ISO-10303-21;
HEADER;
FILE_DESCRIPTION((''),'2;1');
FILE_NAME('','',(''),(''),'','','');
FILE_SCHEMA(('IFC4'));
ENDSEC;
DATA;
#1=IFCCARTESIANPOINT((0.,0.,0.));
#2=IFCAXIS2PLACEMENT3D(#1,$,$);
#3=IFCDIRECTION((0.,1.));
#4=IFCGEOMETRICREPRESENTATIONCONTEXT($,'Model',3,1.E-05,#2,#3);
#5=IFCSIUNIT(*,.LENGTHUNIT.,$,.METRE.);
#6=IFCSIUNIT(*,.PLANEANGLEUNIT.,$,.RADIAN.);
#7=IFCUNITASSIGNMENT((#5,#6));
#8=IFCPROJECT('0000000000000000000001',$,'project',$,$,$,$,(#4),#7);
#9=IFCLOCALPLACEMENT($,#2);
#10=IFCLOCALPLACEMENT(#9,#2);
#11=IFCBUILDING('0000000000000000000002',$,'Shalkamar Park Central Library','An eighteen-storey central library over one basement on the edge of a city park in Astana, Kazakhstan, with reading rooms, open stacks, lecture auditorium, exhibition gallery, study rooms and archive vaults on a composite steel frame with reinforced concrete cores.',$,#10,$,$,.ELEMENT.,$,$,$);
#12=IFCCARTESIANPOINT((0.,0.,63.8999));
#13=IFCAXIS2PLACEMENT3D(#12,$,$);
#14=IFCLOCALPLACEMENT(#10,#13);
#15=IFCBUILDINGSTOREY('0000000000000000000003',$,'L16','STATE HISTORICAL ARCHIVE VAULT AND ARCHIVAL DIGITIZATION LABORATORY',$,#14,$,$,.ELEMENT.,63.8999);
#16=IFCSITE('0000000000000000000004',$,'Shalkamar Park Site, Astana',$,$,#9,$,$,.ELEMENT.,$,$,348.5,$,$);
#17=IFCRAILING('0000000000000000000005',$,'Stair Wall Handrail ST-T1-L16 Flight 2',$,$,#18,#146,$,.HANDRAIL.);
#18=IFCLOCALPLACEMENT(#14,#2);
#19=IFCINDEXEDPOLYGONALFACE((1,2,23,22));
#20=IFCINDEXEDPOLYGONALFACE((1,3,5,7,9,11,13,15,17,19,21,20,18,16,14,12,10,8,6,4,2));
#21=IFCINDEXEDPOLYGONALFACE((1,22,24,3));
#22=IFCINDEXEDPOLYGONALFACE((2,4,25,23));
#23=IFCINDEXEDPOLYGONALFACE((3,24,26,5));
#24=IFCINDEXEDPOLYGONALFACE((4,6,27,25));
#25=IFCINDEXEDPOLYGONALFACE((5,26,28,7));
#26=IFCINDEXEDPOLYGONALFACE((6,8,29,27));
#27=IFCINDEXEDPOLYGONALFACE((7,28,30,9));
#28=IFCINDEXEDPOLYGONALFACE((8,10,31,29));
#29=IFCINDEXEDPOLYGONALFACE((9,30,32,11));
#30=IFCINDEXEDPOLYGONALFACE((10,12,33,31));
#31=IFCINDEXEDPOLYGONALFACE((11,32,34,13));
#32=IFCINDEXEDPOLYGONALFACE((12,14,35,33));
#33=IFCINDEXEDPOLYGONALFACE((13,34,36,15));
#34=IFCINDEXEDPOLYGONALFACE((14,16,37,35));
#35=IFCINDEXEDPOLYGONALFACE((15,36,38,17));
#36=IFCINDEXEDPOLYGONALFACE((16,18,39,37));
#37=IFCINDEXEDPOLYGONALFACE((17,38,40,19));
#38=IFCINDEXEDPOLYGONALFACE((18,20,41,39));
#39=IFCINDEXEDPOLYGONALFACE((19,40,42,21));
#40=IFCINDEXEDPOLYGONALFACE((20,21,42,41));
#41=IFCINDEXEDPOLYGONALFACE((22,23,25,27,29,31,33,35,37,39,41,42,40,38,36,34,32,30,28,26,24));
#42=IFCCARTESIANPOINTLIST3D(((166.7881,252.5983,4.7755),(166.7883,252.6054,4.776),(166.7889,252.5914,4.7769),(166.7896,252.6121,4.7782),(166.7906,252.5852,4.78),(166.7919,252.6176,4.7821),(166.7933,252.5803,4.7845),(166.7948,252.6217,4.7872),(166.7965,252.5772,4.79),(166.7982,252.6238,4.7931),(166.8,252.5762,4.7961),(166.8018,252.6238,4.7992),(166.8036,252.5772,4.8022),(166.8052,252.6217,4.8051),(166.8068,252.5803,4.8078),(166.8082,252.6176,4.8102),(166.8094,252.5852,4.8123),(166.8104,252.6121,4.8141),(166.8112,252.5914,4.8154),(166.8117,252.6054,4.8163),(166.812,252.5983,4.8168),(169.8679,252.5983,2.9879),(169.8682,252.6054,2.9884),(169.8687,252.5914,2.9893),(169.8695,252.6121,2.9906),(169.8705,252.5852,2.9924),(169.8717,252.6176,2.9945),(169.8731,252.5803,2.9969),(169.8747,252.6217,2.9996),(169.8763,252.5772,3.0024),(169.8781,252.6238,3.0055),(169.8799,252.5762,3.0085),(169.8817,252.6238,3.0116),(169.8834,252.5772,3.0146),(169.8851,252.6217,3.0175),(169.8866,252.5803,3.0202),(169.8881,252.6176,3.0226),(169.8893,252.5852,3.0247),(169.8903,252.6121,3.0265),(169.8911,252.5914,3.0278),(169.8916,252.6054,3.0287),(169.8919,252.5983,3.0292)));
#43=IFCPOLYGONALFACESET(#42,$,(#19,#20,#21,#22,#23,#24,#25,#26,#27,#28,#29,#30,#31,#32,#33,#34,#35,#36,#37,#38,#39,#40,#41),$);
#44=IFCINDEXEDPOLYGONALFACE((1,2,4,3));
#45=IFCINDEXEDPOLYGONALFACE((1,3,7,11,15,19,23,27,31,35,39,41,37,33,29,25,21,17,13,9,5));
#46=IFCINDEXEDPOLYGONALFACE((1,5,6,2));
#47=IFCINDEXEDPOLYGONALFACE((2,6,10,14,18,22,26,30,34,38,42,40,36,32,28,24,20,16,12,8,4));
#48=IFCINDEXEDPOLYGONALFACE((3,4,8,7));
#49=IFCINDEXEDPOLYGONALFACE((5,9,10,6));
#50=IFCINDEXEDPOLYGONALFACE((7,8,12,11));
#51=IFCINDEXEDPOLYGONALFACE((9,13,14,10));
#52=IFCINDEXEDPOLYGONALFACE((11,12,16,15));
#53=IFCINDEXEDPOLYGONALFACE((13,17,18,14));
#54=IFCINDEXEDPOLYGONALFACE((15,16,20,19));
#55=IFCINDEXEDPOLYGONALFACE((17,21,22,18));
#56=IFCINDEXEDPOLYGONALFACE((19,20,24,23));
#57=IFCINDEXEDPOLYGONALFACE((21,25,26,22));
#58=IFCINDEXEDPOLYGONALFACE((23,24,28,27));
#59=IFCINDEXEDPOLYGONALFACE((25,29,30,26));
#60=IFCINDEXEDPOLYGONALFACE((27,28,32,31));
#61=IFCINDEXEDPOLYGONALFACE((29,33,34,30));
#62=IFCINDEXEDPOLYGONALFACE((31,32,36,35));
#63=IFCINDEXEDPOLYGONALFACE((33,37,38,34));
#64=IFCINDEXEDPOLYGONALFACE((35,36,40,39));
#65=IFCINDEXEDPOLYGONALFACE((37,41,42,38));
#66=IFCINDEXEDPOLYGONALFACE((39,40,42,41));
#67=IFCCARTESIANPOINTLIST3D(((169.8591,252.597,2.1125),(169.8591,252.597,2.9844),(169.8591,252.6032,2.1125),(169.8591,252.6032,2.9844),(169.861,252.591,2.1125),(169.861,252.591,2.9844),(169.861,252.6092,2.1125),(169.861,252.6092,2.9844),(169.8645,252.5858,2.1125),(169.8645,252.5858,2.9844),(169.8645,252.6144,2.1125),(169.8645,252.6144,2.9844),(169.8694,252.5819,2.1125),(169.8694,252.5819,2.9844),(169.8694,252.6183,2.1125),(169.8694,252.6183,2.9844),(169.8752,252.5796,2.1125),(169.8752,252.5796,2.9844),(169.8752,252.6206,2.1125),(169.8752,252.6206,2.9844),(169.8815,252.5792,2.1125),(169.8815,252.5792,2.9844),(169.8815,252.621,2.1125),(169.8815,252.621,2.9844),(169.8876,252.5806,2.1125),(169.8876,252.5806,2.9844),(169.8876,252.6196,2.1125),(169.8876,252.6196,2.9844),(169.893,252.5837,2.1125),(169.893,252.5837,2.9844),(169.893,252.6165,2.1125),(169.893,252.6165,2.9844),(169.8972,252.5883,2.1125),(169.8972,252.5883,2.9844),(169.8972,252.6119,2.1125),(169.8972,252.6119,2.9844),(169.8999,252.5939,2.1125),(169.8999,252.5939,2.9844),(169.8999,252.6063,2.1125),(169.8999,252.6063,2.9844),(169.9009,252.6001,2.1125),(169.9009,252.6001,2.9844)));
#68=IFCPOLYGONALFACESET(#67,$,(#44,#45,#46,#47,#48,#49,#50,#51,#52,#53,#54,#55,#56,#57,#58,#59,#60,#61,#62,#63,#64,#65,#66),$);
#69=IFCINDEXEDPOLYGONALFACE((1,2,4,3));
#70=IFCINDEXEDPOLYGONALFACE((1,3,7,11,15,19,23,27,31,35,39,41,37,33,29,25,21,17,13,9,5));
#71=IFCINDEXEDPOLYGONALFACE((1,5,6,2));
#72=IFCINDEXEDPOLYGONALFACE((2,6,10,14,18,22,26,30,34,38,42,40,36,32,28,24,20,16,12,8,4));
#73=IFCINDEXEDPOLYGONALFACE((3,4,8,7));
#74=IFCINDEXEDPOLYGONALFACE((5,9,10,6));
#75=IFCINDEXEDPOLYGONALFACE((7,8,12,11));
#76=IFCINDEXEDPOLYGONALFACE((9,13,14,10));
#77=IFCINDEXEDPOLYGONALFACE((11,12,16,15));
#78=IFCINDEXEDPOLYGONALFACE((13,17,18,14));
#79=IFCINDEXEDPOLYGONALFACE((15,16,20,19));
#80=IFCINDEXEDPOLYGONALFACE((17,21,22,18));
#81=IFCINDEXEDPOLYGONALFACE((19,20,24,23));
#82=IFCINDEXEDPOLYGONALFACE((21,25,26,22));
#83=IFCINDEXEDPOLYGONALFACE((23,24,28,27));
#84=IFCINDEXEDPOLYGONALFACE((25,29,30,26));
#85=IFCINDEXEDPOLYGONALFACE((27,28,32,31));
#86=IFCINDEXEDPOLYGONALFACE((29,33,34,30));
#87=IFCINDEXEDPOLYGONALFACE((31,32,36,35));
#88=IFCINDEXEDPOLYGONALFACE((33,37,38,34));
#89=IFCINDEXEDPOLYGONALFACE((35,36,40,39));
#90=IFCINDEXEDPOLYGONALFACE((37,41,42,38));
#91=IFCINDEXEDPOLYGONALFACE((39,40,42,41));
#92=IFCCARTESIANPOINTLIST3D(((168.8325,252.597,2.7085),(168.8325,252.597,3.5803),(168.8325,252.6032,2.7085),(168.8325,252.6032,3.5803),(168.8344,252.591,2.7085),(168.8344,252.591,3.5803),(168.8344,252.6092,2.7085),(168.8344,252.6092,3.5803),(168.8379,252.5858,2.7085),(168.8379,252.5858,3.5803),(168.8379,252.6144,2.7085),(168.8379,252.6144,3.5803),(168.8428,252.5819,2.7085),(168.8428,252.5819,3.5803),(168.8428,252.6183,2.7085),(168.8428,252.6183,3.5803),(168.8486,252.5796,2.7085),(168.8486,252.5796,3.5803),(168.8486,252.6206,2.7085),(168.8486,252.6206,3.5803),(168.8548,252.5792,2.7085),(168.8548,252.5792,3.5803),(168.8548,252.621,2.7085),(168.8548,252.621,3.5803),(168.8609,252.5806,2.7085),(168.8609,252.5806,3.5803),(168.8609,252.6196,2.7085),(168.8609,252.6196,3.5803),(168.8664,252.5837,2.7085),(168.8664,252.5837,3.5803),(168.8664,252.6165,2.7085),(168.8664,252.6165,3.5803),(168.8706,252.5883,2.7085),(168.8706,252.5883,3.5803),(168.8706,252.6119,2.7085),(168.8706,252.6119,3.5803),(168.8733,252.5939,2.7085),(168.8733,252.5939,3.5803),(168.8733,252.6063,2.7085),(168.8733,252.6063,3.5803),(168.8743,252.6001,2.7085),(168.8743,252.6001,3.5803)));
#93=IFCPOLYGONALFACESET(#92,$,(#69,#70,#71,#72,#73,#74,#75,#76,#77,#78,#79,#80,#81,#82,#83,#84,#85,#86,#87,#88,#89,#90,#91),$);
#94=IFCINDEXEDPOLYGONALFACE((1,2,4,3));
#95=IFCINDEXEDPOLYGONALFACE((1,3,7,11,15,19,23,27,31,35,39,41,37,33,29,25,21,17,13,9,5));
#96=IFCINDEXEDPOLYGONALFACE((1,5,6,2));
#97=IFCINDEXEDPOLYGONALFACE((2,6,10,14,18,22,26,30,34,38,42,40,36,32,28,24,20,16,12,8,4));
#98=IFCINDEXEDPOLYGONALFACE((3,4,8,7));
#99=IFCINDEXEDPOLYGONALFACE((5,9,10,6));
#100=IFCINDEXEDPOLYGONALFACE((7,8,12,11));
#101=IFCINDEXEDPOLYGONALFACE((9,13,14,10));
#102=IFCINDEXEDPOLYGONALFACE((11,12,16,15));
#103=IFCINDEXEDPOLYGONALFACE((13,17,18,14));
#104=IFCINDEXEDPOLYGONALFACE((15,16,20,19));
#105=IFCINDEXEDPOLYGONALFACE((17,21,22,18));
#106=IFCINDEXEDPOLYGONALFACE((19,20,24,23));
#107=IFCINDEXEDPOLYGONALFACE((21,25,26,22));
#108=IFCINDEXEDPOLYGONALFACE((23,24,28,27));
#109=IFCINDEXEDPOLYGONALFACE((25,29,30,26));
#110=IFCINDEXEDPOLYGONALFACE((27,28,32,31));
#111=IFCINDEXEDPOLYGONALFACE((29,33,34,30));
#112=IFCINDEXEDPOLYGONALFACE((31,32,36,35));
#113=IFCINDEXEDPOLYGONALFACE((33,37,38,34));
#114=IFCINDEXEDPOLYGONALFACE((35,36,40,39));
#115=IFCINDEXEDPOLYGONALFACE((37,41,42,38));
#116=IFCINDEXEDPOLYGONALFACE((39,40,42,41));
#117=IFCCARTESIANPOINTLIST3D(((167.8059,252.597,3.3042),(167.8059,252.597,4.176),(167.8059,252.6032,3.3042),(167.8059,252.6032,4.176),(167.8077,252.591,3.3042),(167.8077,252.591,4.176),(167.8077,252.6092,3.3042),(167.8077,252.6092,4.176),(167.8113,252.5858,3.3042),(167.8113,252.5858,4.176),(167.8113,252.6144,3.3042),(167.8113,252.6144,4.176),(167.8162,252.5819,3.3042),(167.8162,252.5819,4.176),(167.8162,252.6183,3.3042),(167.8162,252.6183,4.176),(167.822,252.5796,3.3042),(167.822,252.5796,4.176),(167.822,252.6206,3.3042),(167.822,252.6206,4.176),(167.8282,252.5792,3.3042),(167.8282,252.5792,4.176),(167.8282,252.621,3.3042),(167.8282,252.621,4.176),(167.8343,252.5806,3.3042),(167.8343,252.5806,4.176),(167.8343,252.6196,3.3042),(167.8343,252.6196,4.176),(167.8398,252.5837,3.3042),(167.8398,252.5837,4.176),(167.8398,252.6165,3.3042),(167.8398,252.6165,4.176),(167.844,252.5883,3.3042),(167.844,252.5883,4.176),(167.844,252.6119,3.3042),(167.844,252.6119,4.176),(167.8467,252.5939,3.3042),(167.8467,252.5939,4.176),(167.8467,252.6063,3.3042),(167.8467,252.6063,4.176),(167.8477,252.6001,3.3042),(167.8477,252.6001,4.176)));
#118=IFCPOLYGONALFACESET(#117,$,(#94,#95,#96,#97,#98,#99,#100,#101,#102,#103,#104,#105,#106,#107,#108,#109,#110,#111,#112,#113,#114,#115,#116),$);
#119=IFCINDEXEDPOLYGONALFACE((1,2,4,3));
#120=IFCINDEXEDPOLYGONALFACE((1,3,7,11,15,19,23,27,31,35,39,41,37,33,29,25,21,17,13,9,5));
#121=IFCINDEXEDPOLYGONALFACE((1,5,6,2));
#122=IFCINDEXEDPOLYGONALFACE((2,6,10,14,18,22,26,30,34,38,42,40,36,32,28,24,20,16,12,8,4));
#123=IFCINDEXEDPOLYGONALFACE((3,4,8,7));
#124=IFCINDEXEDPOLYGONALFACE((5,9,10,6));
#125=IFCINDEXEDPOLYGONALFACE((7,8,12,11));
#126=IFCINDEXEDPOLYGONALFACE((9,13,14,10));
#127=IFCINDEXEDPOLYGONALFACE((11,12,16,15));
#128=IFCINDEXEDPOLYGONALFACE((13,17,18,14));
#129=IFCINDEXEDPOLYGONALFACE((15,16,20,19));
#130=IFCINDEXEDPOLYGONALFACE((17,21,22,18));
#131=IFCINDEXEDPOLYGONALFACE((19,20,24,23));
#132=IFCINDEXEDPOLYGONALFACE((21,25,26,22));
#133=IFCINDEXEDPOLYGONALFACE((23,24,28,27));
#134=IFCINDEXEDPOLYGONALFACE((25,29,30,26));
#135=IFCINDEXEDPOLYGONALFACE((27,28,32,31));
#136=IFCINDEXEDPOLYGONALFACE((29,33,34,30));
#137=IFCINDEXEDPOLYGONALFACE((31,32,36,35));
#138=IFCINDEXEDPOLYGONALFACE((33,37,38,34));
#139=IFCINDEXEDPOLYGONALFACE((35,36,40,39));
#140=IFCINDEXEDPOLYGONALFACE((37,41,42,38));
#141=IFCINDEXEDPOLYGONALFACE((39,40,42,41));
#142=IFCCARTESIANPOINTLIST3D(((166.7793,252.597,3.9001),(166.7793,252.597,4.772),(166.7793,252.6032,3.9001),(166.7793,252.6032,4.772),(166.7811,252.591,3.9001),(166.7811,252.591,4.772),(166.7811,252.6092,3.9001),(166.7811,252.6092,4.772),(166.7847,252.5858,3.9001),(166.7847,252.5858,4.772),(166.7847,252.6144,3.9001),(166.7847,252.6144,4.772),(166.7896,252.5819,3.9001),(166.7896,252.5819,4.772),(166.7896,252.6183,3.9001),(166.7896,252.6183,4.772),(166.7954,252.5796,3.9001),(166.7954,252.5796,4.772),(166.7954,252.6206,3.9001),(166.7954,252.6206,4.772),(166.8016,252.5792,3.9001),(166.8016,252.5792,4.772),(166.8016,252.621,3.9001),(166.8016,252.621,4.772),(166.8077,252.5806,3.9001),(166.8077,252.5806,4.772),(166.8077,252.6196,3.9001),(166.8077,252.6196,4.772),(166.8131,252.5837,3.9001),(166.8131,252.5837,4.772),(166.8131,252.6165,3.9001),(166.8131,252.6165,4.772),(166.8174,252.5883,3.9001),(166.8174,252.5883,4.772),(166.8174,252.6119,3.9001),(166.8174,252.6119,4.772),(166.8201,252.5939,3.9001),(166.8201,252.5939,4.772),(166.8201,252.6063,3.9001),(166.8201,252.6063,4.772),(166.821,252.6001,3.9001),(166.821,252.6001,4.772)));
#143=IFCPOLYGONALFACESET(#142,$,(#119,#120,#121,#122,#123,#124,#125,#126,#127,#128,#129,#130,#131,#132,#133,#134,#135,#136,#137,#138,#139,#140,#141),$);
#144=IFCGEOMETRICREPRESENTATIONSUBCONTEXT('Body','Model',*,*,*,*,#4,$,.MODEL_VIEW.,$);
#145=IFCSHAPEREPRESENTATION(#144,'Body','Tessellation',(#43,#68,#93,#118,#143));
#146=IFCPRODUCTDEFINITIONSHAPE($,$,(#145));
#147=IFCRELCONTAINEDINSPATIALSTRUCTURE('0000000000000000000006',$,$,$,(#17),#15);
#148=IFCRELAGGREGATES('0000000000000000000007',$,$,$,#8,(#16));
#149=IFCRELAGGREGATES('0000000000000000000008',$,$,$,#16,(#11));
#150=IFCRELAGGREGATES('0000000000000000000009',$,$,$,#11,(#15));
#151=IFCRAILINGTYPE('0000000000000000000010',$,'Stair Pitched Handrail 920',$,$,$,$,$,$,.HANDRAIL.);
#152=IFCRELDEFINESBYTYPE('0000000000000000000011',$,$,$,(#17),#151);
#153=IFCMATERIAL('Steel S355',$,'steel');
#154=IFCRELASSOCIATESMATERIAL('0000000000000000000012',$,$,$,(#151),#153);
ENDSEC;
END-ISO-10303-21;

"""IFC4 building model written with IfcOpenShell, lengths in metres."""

from ifc_helpers import new_model, si_unit, direction, frame, origin, origin_2d, place, context, subcontext, project, spatial, circle, extrude, material, type_object, element, save


model = new_model("IFC4")

# Units and contexts
model_context = context("Model", 3, precision=1e-05, world=origin(), true_north=direction((0.0, 1.0)))
body_context = subcontext(model_context, "Body", "Model", "MODEL_VIEW")
ifc_project = project(units=[si_unit("LENGTHUNIT", "METRE"), si_unit("PLANEANGLEUNIT", "RADIAN")], contexts=[model_context])

# Site, building, storey
site_placement = place(None, origin())
site = spatial("IfcSite", under=ifc_project, at=site_placement, Name="Shalkamar Park Site, Astana", CompositionType="ELEMENT", RefElevation=348.5)
building_placement = place(site_placement, origin())
building = spatial("IfcBuilding", under=site, at=building_placement, Name="Shalkamar Park Central Library", Description="An eighteen-storey central library over one basement on the edge of a city park in Astana, Kazakhstan, with reading rooms, open stacks, lecture auditorium, exhibition gallery, study rooms and archive vaults on a composite steel frame with reinforced concrete cores.", CompositionType="ELEMENT")
storey_placement = place(building_placement, frame((0.0, 0.0, 63.8999)))
storey = spatial("IfcBuildingStorey", under=building, at=storey_placement, Name="L16", Description="STATE HISTORICAL ARCHIVE VAULT AND ARCHIVAL DIGITIZATION LABORATORY", CompositionType="ELEMENT", Elevation=63.8999)

# Shared definitions
ifc_material_1 = material(Name="Steel S355", Category="steel")

# Railing
railing_type = type_object("IfcRailingType", Name="Stair Pitched Handrail 920", PredefinedType="HANDRAIL", material=ifc_material_1)
railing_placement = place(storey_placement, frame((169.8799, 252.6001, 2.1125)))
element("IfcRailing", 1, at=railing_placement, inside=storey, type_object=railing_type, Name="Stair Wall Handrail ST-T1-L16 Flight 2", PredefinedType="HANDRAIL", context=body_context, shape_type="SweptSolid", body=[
    extrude(circle(Radius=0.0239, at=origin_2d()), frame((0.0, 0.0, 0.896), z_axis=(-0.864873, 0.0, 0.50199), x_axis=(0.0, -1.0, 0.0)), (0.0, 0.0, 1.0), 3.561),
    extrude(circle(Radius=0.021, at=origin_2d()), origin(), (0.0, 0.0, 1.0), 0.8718),
    extrude(circle(Radius=0.021, at=origin_2d()), frame((-1.0266, 0.0, 0.5959)), (0.0, 0.0, 1.0), 0.8718),
    extrude(circle(Radius=0.021, at=origin_2d()), frame((-2.0532, 0.0, 1.1917)), (0.0, 0.0, 1.0), 0.8718),
    extrude(circle(Radius=0.021, at=origin_2d()), frame((-3.0798, 0.0, 1.7876)), (0.0, 0.0, 1.0), 0.8718),
])

save(model, "model.ifc")
